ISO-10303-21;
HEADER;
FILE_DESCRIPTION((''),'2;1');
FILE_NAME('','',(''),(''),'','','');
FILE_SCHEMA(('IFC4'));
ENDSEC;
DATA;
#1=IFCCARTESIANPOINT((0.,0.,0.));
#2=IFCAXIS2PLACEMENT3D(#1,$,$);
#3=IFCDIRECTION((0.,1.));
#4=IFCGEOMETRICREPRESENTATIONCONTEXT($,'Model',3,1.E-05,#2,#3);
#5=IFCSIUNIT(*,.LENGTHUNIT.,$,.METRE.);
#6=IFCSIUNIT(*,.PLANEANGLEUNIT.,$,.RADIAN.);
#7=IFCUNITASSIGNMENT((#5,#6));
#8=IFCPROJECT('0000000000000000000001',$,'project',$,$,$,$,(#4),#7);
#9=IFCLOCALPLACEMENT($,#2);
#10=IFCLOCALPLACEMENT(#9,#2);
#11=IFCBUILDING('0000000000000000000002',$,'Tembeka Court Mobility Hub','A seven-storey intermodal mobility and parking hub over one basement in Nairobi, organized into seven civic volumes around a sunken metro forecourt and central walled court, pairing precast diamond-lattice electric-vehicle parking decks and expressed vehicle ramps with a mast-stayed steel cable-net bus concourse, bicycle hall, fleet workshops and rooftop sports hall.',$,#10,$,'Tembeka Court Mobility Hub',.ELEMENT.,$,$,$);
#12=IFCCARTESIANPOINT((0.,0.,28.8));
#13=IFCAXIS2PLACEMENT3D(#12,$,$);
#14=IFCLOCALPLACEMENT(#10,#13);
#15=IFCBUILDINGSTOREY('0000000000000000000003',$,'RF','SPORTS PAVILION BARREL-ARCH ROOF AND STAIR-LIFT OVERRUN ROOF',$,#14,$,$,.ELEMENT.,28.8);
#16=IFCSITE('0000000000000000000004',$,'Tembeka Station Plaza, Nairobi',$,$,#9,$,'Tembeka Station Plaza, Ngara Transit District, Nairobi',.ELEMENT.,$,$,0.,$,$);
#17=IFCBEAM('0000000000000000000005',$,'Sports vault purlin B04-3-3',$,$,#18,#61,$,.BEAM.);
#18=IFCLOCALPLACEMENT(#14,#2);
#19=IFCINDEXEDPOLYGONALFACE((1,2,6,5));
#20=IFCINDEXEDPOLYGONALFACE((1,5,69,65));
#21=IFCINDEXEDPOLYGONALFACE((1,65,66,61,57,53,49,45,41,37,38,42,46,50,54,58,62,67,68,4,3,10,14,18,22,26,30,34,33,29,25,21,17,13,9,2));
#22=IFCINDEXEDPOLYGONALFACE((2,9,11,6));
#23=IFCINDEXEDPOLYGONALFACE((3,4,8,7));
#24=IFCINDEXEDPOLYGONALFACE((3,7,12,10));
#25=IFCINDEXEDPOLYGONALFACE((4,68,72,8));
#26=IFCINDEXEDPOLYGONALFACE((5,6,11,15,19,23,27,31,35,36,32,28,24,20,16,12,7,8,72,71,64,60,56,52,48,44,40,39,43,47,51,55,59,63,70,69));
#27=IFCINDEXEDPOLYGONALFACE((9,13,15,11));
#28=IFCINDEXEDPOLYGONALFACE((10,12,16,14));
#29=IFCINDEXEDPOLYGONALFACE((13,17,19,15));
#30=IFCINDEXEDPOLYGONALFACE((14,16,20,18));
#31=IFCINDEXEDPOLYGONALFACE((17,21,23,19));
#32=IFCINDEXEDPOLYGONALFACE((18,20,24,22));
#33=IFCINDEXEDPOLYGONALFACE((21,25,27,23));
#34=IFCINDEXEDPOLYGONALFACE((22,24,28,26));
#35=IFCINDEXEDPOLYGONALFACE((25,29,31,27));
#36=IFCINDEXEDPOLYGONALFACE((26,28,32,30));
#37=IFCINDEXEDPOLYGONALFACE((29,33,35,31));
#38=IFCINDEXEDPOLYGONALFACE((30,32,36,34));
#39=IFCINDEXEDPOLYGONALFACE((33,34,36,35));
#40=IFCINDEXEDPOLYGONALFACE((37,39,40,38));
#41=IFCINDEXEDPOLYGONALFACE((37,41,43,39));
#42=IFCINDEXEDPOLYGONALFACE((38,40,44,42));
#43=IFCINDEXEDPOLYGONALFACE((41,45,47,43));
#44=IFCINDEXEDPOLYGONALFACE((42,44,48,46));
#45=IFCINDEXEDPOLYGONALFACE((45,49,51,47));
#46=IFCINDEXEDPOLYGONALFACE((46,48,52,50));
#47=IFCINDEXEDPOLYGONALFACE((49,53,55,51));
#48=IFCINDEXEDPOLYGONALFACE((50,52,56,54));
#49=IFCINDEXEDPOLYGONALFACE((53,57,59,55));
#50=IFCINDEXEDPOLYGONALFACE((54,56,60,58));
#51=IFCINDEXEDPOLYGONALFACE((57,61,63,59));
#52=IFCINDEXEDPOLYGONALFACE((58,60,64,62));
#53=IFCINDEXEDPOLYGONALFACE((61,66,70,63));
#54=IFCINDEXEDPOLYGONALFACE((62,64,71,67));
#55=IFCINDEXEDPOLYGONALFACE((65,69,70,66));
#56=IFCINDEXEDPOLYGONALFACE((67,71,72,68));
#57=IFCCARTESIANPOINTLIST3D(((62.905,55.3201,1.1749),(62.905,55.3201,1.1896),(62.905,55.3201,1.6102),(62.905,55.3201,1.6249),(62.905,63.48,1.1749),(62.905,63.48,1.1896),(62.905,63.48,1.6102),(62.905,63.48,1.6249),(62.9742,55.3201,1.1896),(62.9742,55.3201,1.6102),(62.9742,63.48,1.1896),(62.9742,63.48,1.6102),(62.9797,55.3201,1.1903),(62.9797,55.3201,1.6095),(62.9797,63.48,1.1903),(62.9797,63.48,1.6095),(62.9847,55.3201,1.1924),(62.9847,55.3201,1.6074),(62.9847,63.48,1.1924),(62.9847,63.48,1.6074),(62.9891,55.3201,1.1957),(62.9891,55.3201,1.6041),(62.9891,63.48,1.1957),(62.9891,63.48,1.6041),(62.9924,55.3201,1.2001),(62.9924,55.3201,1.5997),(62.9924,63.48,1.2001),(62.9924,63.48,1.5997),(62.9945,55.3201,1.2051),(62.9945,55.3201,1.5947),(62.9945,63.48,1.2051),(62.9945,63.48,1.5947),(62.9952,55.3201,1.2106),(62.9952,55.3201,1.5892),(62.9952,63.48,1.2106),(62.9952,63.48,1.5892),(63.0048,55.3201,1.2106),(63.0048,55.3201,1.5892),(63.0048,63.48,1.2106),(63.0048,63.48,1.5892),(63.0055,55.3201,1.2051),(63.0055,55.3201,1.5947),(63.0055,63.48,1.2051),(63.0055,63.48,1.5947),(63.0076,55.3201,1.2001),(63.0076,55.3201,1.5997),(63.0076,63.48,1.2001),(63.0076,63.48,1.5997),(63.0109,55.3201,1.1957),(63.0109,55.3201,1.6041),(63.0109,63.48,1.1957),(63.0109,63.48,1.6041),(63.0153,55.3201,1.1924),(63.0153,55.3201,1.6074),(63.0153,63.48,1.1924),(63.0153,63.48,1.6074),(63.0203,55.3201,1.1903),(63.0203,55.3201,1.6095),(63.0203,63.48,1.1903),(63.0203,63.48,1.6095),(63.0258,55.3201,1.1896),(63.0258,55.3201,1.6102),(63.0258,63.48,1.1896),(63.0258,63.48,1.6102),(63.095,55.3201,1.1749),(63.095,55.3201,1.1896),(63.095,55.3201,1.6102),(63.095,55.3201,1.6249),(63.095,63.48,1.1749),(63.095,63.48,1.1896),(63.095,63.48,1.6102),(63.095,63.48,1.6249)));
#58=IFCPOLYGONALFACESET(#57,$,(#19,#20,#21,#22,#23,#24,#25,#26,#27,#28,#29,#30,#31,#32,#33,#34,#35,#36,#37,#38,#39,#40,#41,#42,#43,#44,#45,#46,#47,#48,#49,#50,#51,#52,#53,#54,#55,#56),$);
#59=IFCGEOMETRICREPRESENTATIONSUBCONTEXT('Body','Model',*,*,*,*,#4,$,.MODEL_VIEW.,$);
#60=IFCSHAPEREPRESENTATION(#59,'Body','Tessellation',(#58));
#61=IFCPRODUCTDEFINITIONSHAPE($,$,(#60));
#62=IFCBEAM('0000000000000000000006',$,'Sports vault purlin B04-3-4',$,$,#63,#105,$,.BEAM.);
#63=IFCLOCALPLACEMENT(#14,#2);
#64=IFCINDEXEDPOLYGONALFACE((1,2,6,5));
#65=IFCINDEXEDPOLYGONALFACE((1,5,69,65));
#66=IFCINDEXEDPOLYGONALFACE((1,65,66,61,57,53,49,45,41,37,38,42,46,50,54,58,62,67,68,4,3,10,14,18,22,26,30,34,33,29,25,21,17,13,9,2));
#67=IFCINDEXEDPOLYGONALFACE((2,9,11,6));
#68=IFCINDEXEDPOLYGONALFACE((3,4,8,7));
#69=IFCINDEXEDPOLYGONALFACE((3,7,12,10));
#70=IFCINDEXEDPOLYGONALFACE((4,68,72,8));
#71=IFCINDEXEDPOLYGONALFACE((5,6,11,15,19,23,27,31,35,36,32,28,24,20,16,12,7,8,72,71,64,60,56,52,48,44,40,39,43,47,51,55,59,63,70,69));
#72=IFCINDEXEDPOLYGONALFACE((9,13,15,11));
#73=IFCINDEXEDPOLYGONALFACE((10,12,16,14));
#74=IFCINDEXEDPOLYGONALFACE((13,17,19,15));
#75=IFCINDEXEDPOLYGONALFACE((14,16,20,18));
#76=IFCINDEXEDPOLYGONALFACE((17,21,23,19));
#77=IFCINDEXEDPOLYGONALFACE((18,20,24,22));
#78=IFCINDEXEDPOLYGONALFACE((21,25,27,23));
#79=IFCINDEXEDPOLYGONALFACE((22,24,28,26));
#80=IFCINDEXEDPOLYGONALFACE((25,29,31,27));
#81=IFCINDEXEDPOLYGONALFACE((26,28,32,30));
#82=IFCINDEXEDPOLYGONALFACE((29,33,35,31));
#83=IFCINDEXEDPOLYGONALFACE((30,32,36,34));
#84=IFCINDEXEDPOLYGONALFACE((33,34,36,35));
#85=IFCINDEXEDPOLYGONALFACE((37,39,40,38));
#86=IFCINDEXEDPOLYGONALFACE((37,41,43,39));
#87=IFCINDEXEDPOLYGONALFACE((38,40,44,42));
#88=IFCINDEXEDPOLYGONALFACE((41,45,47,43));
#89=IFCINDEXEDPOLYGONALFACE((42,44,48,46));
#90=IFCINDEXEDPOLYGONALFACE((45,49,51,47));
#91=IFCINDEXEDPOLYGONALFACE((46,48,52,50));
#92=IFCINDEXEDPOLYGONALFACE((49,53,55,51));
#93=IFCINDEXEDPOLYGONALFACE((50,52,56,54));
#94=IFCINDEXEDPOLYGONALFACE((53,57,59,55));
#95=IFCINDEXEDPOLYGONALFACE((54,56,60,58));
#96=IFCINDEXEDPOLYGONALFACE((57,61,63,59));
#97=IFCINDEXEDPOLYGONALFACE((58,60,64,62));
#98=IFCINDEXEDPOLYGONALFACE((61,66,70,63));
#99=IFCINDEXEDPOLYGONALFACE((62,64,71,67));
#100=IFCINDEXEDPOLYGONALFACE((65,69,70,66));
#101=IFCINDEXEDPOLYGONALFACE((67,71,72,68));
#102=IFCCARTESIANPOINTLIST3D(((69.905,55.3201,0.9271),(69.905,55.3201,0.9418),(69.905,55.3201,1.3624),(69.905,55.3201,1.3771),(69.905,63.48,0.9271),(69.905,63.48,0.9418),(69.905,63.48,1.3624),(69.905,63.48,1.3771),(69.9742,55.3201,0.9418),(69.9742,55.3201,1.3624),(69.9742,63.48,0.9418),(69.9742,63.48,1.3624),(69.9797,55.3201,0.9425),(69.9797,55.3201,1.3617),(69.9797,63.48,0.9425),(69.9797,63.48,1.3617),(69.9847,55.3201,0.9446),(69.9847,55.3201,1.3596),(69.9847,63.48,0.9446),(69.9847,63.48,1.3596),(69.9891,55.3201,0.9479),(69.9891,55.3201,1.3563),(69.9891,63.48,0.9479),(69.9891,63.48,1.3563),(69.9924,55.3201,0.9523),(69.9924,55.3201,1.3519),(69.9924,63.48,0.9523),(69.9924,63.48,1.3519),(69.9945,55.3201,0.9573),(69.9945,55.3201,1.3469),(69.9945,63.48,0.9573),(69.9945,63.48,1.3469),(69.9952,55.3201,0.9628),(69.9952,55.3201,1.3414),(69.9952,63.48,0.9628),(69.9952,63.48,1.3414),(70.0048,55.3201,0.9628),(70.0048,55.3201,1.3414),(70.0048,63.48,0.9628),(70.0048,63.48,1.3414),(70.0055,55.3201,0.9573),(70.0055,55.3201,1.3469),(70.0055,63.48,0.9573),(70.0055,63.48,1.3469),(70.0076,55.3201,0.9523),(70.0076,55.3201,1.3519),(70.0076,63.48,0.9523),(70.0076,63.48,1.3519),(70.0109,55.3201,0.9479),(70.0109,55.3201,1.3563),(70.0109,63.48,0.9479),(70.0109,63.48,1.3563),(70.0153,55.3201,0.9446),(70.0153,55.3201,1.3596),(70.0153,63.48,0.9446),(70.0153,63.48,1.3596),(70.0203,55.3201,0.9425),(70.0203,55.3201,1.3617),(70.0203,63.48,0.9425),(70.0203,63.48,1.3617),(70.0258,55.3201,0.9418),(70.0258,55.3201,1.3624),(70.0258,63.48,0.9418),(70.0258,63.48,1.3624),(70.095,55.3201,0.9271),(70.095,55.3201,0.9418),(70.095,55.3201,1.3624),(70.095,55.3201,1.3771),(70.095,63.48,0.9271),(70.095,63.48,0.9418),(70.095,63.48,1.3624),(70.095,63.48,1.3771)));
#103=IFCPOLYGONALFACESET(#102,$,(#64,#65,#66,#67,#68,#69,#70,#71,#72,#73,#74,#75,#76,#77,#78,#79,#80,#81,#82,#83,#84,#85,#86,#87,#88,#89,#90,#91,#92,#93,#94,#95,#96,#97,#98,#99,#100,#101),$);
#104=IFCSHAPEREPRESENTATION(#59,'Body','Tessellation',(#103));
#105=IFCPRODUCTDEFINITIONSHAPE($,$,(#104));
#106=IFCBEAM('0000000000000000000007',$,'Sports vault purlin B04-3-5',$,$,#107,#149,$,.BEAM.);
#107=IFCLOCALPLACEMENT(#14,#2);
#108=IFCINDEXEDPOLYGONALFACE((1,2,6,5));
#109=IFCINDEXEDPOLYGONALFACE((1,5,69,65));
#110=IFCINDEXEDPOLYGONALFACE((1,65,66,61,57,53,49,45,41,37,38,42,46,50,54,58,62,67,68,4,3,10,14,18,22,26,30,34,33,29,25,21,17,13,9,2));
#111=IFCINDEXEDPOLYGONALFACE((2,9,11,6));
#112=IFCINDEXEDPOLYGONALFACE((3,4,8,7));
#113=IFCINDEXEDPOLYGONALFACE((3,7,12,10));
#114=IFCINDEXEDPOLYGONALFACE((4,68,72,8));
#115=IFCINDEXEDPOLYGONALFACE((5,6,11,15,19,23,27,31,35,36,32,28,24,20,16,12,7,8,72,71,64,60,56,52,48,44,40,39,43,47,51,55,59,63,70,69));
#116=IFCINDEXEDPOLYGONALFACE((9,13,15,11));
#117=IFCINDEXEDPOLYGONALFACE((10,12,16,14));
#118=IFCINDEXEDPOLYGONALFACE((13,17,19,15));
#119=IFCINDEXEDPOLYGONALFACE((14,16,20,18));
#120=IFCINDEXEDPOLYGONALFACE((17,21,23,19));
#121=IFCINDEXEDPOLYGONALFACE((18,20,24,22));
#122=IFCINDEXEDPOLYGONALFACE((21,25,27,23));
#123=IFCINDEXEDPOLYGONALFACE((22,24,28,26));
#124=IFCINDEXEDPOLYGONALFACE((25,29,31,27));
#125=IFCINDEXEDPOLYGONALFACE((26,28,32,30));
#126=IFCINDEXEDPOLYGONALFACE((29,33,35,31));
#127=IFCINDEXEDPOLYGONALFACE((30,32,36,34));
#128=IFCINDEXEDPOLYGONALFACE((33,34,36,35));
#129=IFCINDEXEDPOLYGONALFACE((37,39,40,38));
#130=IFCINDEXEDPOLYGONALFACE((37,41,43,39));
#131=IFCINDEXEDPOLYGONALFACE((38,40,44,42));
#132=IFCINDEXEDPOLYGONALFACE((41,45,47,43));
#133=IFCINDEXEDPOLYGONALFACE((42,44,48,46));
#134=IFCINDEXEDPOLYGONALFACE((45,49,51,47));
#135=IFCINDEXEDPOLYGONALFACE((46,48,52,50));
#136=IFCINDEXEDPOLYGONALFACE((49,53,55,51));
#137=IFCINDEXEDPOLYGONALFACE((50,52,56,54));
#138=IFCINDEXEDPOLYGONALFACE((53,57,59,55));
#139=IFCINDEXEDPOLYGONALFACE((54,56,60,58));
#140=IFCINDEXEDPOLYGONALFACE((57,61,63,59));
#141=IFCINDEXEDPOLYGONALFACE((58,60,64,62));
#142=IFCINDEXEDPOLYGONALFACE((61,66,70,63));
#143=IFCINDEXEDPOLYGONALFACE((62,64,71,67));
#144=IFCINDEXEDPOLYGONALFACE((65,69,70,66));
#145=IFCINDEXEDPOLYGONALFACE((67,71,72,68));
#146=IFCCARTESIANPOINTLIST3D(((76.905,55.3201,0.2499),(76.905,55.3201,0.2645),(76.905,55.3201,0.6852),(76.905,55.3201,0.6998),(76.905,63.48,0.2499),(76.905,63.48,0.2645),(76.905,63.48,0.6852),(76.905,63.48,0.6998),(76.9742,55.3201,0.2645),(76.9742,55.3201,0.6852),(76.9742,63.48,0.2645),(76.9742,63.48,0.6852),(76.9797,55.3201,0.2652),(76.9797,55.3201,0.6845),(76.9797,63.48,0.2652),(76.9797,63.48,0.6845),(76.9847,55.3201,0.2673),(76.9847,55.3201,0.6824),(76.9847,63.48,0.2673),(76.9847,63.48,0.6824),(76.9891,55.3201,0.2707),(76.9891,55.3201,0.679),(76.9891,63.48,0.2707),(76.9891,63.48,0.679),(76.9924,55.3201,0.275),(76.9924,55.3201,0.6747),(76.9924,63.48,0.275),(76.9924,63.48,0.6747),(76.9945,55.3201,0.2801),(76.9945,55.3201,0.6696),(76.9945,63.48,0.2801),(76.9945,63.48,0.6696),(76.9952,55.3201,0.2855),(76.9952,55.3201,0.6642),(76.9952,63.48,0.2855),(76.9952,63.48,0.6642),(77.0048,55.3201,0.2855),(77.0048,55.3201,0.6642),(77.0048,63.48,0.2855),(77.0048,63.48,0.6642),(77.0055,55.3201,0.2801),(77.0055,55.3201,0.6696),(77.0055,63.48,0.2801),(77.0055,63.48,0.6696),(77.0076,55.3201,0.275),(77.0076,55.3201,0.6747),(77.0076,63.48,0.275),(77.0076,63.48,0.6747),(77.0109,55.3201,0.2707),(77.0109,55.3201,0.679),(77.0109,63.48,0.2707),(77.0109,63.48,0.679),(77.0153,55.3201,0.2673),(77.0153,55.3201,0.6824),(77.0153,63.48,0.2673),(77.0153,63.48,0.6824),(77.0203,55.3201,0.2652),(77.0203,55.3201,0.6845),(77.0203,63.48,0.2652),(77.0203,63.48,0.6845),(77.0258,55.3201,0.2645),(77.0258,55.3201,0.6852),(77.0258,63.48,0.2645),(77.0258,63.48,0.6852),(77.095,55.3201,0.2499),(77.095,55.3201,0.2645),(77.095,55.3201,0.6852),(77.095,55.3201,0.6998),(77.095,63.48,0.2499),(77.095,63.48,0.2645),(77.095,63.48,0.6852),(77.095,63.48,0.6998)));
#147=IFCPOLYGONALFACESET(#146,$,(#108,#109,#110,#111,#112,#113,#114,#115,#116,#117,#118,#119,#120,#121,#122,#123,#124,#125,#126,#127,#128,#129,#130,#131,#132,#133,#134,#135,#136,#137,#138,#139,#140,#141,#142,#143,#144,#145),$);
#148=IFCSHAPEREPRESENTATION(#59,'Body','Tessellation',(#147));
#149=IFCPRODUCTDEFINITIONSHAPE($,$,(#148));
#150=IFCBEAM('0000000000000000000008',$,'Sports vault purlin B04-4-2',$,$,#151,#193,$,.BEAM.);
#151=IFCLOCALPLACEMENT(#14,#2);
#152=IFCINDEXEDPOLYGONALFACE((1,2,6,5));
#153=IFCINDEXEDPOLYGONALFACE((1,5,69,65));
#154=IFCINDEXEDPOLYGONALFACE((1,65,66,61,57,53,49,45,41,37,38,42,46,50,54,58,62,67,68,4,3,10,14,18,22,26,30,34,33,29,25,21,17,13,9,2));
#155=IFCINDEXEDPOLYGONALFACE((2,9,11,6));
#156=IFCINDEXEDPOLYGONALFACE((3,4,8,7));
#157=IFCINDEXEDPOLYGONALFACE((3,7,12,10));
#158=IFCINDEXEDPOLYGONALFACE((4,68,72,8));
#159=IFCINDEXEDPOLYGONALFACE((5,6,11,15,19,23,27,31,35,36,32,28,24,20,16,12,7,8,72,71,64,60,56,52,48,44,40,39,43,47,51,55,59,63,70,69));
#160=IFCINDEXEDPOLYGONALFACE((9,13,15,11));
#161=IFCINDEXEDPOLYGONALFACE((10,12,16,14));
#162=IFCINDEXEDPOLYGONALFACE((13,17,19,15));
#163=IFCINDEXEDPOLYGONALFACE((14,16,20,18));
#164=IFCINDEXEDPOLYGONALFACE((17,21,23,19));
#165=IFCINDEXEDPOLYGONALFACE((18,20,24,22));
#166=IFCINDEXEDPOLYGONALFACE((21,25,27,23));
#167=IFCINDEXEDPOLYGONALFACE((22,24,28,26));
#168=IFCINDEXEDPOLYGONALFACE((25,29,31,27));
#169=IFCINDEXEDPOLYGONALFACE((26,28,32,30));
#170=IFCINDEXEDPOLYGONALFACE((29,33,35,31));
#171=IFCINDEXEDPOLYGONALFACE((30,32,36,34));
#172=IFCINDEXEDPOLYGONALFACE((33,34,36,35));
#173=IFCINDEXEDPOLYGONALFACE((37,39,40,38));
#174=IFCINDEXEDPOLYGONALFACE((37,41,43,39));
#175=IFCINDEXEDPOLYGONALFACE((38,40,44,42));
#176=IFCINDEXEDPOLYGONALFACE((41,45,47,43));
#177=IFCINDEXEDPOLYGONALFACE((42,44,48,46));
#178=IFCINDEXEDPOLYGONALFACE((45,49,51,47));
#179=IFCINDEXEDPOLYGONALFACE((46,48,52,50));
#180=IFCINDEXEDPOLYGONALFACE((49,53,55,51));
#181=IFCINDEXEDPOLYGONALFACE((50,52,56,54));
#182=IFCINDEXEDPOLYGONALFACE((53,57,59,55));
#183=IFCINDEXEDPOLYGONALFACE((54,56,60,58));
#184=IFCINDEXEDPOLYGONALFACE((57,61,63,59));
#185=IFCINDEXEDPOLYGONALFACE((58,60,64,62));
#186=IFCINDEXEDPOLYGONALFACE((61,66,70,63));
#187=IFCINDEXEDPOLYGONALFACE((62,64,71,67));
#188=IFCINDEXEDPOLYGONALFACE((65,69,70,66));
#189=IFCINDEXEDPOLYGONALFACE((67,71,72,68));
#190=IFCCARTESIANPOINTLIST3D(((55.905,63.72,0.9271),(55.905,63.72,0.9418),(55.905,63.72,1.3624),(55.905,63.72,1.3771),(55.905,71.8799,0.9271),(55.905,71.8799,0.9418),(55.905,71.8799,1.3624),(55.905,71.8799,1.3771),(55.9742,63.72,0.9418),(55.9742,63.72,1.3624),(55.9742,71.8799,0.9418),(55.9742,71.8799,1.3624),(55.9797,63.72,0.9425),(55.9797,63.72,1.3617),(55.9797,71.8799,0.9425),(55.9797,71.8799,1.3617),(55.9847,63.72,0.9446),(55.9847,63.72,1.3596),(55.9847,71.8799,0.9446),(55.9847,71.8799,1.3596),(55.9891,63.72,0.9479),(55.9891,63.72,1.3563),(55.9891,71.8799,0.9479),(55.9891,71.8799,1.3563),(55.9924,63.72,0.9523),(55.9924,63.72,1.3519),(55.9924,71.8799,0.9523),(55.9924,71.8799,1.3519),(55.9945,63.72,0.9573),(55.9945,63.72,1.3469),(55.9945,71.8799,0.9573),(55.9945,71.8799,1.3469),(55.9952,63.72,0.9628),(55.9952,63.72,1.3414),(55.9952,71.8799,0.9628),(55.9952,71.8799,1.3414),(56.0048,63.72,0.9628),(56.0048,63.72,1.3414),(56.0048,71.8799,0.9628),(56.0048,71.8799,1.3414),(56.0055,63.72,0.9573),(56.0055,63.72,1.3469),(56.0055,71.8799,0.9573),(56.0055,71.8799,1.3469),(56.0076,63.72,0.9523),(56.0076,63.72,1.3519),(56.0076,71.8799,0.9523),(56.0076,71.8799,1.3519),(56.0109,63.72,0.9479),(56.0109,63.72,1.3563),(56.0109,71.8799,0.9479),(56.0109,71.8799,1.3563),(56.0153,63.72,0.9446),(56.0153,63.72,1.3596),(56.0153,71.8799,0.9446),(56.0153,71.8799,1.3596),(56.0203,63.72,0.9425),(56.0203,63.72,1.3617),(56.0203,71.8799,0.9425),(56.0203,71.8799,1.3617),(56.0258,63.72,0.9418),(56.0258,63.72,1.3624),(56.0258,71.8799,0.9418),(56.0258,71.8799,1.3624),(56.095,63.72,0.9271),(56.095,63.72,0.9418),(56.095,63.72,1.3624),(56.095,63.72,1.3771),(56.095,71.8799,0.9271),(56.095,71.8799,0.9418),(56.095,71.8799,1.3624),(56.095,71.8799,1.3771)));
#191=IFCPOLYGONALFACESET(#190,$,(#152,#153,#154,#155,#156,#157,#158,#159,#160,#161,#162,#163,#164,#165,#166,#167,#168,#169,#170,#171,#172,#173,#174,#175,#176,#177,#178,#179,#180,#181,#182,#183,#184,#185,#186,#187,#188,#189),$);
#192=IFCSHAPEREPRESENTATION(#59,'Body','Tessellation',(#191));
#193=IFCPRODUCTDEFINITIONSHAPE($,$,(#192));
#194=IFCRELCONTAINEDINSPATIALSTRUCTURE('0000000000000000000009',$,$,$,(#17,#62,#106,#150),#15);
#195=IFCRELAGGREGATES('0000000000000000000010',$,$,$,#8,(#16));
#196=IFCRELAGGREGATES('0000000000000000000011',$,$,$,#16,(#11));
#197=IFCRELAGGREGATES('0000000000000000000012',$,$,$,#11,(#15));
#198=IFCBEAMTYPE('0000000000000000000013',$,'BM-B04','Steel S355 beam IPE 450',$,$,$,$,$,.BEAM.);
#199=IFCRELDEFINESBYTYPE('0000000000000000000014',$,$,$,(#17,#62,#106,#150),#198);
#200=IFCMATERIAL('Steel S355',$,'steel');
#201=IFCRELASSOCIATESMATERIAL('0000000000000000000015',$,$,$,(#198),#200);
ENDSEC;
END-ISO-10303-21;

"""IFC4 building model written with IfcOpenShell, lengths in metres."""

from ifc_helpers import new_model, si_unit, direction, frame, origin, origin_2d, place, context, subcontext, project, spatial, i_section, extrude, material, material_profile, profile_set, type_object, element, save


model = new_model("IFC4")

# Units and contexts
model_context = context("Model", 3, precision=1e-05, world=origin(), true_north=direction((0.0, 1.0)))
body_context = subcontext(model_context, "Body", "Model", "MODEL_VIEW")
ifc_project = project(units=[si_unit("LENGTHUNIT", "METRE"), si_unit("PLANEANGLEUNIT", "RADIAN")], contexts=[model_context])

# Site, building, storey
site_placement = place(None, origin())
site = spatial("IfcSite", under=ifc_project, at=site_placement, Name="Tembeka Station Plaza, Nairobi", LongName="Tembeka Station Plaza, Ngara Transit District, Nairobi", CompositionType="ELEMENT", RefElevation=0.0)
building_placement = place(site_placement, origin())
building = spatial("IfcBuilding", under=site, at=building_placement, Name="Tembeka Court Mobility Hub", Description="A seven-storey intermodal mobility and parking hub over one basement in Nairobi, organized into seven civic volumes around a sunken metro forecourt and central walled court, pairing precast diamond-lattice electric-vehicle parking decks and expressed vehicle ramps with a mast-stayed steel cable-net bus concourse, bicycle hall, fleet workshops and rooftop sports hall.", LongName="Tembeka Court Mobility Hub", CompositionType="ELEMENT")
storey_placement = place(building_placement, frame((0.0, 0.0, 28.8)))
storey = spatial("IfcBuildingStorey", under=building, at=storey_placement, Name="RF", Description="SPORTS PAVILION BARREL-ARCH ROOF AND STAIR-LIFT OVERRUN ROOF", CompositionType="ELEMENT", Elevation=28.8)

# Beams
ifc_material_1 = material(Name="Steel S355", Category="steel")
ifc_material_profile_1 = material_profile(ifc_material_1, i_section(OverallWidth=0.1899, OverallDepth=0.45, WebThickness=0.0095, FlangeThickness=0.0146, FilletRadius=0.021, at=origin_2d()), Name="IPE 450")
ifc_profile_set_1 = profile_set([ifc_material_profile_1], Name="Steel S355")
beam_type_1 = type_object("IfcBeamType", Name="BM-B04", Description="Steel S355 beam IPE 450", PredefinedType="BEAM", material=ifc_profile_set_1)
for number, where, z_axis, x_axis, name in (
    (1, (63.0, 55.3201, 1.3999), (0.0, 1.0, 0.0), (-1.0, 0.0, 0.0), "Sports vault purlin B04-3-3"),
    (2, (70.0, 55.3201, 1.1521), (0.0, 1.0, 0.0), (-1.0, 0.0, 0.0), "Sports vault purlin B04-3-4"),
    (3, (77.0, 55.3201, 0.4749), (0.0, 1.0, 0.0), (-1.0, 0.0, 0.0), "Sports vault purlin B04-3-5"),
    (4, (56.0, 63.72, 1.1521), (0.0, 1.0, 0.0), (-1.0, 0.0, 0.0), "Sports vault purlin B04-4-2"),
):
    element("IfcBeam", number, at=place(storey_placement, frame(where, z_axis=z_axis, x_axis=x_axis)), inside=storey, type_object=beam_type_1, Name=name, PredefinedType="BEAM", context=body_context, shape_type="SweptSolid", body=[
        extrude(i_section(OverallWidth=0.1899, OverallDepth=0.45, WebThickness=0.0095, FlangeThickness=0.0146, FilletRadius=0.021, at=origin_2d()), origin(), (0.0, 0.0, 1.0), 8.1599),
    ])

save(model, "model.ifc")
